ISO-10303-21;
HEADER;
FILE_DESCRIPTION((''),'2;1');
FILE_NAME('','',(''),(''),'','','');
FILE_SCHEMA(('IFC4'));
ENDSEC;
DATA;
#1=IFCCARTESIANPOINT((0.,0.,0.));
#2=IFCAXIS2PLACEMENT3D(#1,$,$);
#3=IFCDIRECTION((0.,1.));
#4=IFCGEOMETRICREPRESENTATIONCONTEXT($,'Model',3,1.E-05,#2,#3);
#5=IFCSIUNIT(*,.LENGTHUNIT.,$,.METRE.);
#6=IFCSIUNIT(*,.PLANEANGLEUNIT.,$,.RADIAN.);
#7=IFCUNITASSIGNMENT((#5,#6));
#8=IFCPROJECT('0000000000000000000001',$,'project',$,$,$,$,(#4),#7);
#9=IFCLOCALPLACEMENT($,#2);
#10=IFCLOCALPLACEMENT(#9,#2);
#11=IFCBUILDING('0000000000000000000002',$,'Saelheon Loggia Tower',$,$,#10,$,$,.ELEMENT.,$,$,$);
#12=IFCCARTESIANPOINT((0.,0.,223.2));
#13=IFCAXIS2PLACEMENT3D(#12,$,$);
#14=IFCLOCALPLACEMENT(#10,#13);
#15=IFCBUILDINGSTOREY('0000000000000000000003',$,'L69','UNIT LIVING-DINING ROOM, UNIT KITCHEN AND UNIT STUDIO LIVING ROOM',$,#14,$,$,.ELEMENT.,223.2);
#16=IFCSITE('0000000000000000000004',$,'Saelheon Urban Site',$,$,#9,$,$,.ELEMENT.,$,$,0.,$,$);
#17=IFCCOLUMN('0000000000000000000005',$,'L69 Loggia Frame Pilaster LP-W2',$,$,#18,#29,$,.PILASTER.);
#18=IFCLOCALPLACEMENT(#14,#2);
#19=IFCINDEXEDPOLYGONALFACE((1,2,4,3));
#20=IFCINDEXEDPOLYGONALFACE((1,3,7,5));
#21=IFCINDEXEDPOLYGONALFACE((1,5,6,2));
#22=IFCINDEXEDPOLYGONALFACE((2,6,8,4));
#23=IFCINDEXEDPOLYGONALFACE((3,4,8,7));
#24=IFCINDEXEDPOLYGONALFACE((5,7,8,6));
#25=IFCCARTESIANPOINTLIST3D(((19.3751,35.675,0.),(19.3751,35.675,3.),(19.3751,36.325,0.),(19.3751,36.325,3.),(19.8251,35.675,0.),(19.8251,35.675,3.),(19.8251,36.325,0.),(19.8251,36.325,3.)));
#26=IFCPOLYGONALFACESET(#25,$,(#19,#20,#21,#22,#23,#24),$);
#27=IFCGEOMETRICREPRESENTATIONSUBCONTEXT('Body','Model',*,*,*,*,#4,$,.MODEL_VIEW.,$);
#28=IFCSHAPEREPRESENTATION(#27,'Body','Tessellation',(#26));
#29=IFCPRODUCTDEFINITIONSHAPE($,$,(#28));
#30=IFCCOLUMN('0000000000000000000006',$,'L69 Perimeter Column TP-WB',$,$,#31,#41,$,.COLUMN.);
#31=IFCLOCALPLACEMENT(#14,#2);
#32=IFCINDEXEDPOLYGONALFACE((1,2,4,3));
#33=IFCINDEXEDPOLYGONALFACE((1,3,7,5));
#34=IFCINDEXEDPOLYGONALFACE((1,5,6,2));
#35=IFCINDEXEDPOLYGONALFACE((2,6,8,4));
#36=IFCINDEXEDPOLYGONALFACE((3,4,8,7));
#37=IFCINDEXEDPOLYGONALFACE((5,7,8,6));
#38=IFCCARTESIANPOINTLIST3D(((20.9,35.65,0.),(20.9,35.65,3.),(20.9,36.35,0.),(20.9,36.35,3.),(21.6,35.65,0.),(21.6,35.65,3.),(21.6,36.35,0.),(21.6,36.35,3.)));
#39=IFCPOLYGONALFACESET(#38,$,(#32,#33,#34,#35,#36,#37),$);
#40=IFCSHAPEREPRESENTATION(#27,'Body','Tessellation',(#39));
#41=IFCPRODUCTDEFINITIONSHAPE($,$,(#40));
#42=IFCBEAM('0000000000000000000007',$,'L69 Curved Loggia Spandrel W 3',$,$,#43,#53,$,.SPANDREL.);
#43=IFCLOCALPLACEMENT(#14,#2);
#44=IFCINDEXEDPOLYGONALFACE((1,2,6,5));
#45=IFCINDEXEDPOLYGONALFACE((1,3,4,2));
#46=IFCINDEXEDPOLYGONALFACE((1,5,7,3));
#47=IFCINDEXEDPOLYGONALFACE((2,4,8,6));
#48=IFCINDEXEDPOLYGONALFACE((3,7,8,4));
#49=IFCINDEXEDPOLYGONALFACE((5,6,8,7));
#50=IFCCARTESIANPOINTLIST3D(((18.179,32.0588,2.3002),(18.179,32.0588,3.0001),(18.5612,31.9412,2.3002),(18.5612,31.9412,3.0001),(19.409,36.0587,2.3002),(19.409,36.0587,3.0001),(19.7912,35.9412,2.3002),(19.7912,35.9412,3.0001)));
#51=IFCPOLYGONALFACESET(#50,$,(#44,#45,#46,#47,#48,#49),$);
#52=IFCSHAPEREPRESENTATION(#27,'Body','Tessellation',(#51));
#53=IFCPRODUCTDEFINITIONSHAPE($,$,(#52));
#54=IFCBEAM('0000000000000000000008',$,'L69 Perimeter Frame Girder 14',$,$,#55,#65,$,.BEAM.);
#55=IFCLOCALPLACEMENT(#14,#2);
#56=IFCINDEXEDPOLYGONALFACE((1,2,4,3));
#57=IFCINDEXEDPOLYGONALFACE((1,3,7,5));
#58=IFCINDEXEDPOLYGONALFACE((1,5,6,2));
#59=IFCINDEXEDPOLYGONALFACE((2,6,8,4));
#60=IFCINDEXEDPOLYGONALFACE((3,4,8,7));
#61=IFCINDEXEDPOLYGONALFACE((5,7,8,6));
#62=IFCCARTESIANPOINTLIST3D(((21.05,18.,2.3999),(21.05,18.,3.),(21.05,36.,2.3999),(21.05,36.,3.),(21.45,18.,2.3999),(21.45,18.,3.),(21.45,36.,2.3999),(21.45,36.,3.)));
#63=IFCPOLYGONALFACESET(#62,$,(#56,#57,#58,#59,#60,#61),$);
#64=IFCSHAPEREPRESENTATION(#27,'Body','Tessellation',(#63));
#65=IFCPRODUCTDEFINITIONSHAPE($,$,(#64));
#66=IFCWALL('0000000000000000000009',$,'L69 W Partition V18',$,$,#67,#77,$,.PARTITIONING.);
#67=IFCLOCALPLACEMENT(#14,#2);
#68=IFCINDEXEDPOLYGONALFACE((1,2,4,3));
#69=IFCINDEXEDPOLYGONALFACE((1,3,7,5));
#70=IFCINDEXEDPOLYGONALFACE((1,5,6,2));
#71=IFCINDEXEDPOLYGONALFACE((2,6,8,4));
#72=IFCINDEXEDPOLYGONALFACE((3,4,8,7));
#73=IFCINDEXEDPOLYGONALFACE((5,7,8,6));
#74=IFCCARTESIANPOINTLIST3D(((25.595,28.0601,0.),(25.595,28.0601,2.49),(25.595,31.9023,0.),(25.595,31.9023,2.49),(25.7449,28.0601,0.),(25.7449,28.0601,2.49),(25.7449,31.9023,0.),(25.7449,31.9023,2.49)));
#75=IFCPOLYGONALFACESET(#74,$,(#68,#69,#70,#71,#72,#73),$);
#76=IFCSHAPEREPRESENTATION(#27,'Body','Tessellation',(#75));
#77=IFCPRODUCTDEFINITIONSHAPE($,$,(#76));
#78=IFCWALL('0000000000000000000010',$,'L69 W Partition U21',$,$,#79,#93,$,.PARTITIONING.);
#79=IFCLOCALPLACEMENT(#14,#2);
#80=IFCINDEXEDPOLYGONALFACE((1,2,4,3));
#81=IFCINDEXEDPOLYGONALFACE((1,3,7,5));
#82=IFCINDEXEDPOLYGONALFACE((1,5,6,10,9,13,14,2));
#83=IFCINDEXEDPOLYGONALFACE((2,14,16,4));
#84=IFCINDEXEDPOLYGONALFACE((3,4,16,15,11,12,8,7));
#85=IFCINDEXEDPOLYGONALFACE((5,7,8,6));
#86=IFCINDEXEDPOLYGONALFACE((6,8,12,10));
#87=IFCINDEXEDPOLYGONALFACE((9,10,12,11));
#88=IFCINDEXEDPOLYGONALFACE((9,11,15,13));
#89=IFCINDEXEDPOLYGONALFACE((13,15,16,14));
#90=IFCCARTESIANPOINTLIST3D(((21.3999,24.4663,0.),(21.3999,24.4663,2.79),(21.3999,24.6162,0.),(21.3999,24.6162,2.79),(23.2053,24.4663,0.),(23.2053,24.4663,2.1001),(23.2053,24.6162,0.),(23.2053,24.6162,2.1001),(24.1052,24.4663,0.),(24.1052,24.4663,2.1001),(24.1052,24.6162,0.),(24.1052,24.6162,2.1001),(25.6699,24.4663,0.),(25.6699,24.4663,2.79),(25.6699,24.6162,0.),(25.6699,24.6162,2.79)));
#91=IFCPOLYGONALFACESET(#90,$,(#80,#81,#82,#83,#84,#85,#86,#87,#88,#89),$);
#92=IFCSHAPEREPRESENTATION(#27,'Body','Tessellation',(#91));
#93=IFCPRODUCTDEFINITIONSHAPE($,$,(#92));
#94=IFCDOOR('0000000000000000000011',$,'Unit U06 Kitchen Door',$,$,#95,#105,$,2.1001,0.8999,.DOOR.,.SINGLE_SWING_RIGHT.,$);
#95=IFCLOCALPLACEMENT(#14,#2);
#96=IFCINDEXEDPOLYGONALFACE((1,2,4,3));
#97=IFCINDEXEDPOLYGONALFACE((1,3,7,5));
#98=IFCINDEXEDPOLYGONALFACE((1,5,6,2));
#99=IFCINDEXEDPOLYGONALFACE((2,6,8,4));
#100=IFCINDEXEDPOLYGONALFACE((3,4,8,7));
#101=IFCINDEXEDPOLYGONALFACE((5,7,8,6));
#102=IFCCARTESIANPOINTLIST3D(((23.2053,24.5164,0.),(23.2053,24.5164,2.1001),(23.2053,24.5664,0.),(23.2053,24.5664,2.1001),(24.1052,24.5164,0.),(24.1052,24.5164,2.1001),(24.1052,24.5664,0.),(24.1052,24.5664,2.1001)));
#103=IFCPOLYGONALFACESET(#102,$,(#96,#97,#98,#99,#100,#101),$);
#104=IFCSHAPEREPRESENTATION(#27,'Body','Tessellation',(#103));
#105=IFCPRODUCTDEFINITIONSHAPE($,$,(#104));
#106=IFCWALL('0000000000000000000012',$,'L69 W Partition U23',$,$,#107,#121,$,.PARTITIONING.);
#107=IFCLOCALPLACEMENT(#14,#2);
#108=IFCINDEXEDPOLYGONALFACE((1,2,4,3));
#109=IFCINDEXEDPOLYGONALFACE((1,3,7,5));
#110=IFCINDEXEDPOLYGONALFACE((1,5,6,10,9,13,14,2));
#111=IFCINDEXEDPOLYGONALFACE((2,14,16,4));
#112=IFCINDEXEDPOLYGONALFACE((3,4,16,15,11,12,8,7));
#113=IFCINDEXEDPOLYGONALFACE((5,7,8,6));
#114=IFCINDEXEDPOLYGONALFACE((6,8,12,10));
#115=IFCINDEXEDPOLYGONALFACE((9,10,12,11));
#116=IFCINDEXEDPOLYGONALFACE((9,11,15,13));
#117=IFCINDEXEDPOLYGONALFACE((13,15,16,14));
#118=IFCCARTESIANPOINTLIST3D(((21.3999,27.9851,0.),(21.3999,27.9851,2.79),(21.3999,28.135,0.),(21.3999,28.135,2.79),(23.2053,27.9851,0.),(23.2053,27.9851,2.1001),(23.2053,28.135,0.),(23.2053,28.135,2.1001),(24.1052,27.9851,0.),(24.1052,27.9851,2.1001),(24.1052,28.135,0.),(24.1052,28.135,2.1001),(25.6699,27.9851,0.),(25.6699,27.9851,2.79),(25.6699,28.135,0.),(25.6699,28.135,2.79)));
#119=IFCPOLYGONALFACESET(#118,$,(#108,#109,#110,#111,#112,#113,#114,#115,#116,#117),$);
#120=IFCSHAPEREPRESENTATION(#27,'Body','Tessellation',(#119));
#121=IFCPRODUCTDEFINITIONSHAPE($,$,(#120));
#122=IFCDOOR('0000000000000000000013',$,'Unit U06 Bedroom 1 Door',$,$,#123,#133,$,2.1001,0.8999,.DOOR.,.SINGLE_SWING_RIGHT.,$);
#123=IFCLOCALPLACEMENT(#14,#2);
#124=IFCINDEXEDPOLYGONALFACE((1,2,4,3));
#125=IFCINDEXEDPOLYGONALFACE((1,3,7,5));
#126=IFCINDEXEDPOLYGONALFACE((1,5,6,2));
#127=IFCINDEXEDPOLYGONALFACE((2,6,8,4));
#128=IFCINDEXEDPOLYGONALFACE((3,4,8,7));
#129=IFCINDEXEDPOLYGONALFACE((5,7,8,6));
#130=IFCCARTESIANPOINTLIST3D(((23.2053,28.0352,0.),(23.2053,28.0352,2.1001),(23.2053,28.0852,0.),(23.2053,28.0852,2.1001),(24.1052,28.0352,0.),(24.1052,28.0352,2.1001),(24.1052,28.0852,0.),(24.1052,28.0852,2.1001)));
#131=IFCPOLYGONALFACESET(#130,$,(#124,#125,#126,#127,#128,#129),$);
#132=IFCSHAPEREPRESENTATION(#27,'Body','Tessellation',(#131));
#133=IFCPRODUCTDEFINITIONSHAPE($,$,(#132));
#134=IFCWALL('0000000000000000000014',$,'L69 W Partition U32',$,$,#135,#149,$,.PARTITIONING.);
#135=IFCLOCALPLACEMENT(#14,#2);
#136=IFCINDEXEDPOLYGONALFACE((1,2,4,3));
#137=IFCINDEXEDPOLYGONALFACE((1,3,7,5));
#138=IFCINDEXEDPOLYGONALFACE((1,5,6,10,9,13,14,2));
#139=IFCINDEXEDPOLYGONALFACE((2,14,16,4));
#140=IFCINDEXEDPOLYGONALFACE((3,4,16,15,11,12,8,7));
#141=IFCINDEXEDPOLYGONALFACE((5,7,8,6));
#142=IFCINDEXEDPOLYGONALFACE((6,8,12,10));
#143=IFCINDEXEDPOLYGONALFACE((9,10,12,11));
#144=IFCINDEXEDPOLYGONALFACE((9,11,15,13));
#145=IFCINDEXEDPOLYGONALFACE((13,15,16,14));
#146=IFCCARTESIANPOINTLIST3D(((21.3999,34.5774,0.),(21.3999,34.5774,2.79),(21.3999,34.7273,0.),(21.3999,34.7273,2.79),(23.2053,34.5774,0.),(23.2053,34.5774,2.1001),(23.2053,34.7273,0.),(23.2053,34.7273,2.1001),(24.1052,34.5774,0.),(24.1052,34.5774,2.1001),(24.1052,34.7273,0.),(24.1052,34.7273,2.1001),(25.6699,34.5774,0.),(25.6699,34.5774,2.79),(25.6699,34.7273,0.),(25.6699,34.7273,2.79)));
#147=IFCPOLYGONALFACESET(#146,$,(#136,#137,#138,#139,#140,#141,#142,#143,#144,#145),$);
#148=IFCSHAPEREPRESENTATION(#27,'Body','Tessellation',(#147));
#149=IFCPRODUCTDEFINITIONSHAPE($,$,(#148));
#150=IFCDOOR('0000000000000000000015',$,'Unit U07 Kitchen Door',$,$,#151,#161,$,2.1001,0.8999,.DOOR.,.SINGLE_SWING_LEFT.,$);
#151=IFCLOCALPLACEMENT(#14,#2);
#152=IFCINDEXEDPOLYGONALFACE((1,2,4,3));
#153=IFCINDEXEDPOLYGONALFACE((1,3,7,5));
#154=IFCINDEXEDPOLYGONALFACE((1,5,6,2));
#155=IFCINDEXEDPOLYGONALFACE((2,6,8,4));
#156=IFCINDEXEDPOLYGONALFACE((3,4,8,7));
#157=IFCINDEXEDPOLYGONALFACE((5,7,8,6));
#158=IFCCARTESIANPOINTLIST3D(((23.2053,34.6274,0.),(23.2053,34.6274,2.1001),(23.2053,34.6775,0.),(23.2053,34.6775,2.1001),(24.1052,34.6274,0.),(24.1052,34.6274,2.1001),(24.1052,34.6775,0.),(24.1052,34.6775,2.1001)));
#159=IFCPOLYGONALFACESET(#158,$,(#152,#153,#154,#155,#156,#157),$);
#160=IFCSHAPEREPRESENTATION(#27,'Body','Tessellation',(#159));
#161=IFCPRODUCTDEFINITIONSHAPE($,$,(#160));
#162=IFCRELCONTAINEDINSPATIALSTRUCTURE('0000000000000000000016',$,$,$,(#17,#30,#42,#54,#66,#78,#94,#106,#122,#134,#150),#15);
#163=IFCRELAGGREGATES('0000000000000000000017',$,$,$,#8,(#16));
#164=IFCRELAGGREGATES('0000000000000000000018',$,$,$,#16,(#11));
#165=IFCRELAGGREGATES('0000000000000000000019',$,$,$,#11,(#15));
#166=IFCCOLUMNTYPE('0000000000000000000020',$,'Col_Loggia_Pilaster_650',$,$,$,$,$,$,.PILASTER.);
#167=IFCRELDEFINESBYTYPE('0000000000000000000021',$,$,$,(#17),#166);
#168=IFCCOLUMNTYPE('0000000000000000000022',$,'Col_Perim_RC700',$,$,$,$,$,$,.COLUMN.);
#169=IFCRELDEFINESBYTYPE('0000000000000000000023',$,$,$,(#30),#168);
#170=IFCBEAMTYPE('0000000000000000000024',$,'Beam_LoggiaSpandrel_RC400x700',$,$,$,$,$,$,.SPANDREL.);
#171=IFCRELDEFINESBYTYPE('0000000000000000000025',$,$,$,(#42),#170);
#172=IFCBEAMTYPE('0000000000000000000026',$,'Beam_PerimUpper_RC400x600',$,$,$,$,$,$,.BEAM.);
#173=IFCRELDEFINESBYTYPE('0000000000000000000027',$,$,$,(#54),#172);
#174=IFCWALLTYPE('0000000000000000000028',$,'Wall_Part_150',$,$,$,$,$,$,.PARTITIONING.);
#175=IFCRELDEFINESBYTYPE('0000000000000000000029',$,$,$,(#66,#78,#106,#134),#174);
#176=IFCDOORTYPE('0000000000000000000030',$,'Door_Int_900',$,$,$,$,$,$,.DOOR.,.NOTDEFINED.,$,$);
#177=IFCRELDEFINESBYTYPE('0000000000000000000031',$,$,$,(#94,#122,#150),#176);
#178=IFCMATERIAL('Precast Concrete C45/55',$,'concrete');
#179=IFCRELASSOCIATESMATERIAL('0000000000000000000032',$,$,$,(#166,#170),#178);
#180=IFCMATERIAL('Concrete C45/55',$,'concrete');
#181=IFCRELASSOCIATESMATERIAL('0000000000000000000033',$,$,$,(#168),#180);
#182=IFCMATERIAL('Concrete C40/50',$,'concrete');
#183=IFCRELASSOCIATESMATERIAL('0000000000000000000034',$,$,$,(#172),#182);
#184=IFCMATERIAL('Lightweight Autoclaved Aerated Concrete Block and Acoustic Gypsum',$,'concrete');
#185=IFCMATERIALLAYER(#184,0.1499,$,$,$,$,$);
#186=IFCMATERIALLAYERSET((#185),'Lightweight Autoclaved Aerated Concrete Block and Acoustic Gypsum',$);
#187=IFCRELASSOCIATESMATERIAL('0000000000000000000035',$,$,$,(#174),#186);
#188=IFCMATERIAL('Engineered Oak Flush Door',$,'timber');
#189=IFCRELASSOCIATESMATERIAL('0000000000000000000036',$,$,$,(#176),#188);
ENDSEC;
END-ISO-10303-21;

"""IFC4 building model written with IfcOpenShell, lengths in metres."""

from ifc_helpers import new_model, si_unit, direction, frame, frame_2d, origin, origin_2d, place, context, subcontext, project, spatial, rectangle, extrude, source, transform, mapped, material, layer, layer_set, material_profile, profile_set, type_object, element, fill, save


model = new_model("IFC4")

# Units and contexts
model_context = context("Model", 3, precision=1e-05, world=origin(), true_north=direction((0.0, 1.0)))
body_context = subcontext(model_context, "Body", "Model", "MODEL_VIEW")
ifc_project = project(units=[si_unit("LENGTHUNIT", "METRE"), si_unit("PLANEANGLEUNIT", "RADIAN")], contexts=[model_context])

# Site, building, storey
site_placement = place(None, origin())
site = spatial("IfcSite", under=ifc_project, at=site_placement, Name="Saelheon Urban Site", CompositionType="ELEMENT", RefElevation=0.0)
building_placement = place(site_placement, origin())
building = spatial("IfcBuilding", under=site, at=building_placement, Name="Saelheon Loggia Tower", CompositionType="ELEMENT")
storey_placement = place(building_placement, frame((0.0, 0.0, 223.2)))
storey = spatial("IfcBuildingStorey", under=building, at=storey_placement, Name="L69", Description="UNIT LIVING-DINING ROOM, UNIT KITCHEN AND UNIT STUDIO LIVING ROOM", CompositionType="ELEMENT", Elevation=223.2)

# Columns
ifc_material_1 = material(Name="Precast Concrete C45/55", Category="concrete")
ifc_material_profile_1 = material_profile(ifc_material_1, rectangle(XDim=0.45, YDim=0.6499, at=origin_2d()), Name="RC-450x650")
ifc_profile_set_1 = profile_set([ifc_material_profile_1], Name="Precast Concrete C45/55")
column_type_1 = type_object("IfcColumnType", Name="Col_Loggia_Pilaster_650", PredefinedType="PILASTER", material=ifc_profile_set_1)
shared_shape_1 = source(origin(), body_context, "Body", "SweptSolid", [
    extrude(rectangle(XDim=0.45, YDim=0.6499, at=origin_2d()), origin(), (0.0, 0.0, 1.0), 3.0),
])
column_1_placement = place(storey_placement, frame((19.6001, 36.0, 0.0), z_axis=(0.0, 0.0, 1.0), x_axis=(1.0, 0.0, 0.0)))
element("IfcColumn", 1, at=column_1_placement, inside=storey, type_object=column_type_1, Name="L69 Loggia Frame Pilaster LP-W2", PredefinedType="PILASTER", context=body_context, shape_type="MappedRepresentation", body=[
    mapped(shared_shape_1, transform((0.0, 0.0, 0.0), scale=1.0)),
])
ifc_material_2 = material(Name="Concrete C45/55", Category="concrete")
ifc_material_profile_2 = material_profile(ifc_material_2, rectangle(XDim=0.7, YDim=0.7, at=origin_2d()), Name="RC-700x700")
ifc_profile_set_2 = profile_set([ifc_material_profile_2], Name="Concrete C45/55")
column_type_2 = type_object("IfcColumnType", Name="Col_Perim_RC700", PredefinedType="COLUMN", material=ifc_profile_set_2)
shared_shape_2 = source(origin(), body_context, "Body", "SweptSolid", [
    extrude(rectangle(XDim=0.7, YDim=0.7, at=origin_2d()), origin(), (0.0, 0.0, 1.0), 3.0),
])
column_2_placement = place(storey_placement, frame((21.25, 36.0, 0.0), z_axis=(0.0, 0.0, 1.0), x_axis=(1.0, 0.0, 0.0)))
element("IfcColumn", 2, at=column_2_placement, inside=storey, type_object=column_type_2, Name="L69 Perimeter Column TP-WB", PredefinedType="COLUMN", context=body_context, shape_type="MappedRepresentation", body=[
    mapped(shared_shape_2, transform((0.0, 0.0, 0.0), scale=1.0)),
])

# Beams
ifc_material_profile_3 = material_profile(ifc_material_1, rectangle(XDim=0.3999, YDim=0.7, at=origin_2d()), Name="RC-400x700")
ifc_profile_set_3 = profile_set([ifc_material_profile_3], Name="Precast Concrete C45/55")
beam_type_1 = type_object("IfcBeamType", Name="Beam_LoggiaSpandrel_RC400x700", PredefinedType="SPANDREL", material=ifc_profile_set_3)
shared_shape_3 = source(origin(), body_context, "Body", "SweptSolid", [
    extrude(rectangle(XDim=0.3999, YDim=0.7, at=origin_2d()), origin(), (0.0, 0.0, 1.0), 4.1848),
])
beam_1_placement = place(storey_placement, frame((18.3701, 32.0, 2.6501), z_axis=(0.293914, 0.955832, 0.0), x_axis=(-0.955832, 0.293914, 0.0)))
element("IfcBeam", 3, at=beam_1_placement, inside=storey, type_object=beam_type_1, Name="L69 Curved Loggia Spandrel W 3", PredefinedType="SPANDREL", context=body_context, shape_type="MappedRepresentation", body=[
    mapped(shared_shape_3, transform((0.0, 0.0, 0.0), scale=1.0)),
])
ifc_material_3 = material(Name="Concrete C40/50", Category="concrete")
ifc_material_profile_4 = material_profile(ifc_material_3, rectangle(XDim=0.3999, YDim=0.6001, at=origin_2d()), Name="RC-400x600")
ifc_profile_set_4 = profile_set([ifc_material_profile_4], Name="Concrete C40/50")
beam_type_2 = type_object("IfcBeamType", Name="Beam_PerimUpper_RC400x600", PredefinedType="BEAM", material=ifc_profile_set_4)
shared_shape_4 = source(origin(), body_context, "Body", "SweptSolid", [
    extrude(rectangle(XDim=0.3999, YDim=0.6001, at=origin_2d()), origin(), (0.0, 0.0, 1.0), 18.0),
])
beam_2_placement = place(storey_placement, frame((21.25, 36.0, 2.7), z_axis=(0.0, -1.0, 0.0), x_axis=(1.0, 0.0, 0.0)))
element("IfcBeam", 4, at=beam_2_placement, inside=storey, type_object=beam_type_2, Name="L69 Perimeter Frame Girder 14", PredefinedType="BEAM", context=body_context, shape_type="MappedRepresentation", body=[
    mapped(shared_shape_4, transform((0.0, 0.0, 0.0), scale=1.0)),
])

# Wall
ifc_material_4 = material(Name="Lightweight Autoclaved Aerated Concrete Block and Acoustic Gypsum", Category="concrete")
ifc_layer_1 = layer(ifc_material_4, 0.1499)
ifc_layer_set_1 = layer_set([ifc_layer_1], Name="Lightweight Autoclaved Aerated Concrete Block and Acoustic Gypsum")
wall_type_1 = type_object("IfcWallType", Name="Wall_Part_150", PredefinedType="PARTITIONING", material=ifc_layer_set_1)
wall_1_placement = place(storey_placement, frame((25.6699, 28.0601, 0.0), z_axis=(0.0, 0.0, 1.0), x_axis=(0.0, 1.0, 0.0)))
element("IfcWall", 5, at=wall_1_placement, inside=storey, type_object=wall_type_1, Name="L69 W Partition V18", PredefinedType="PARTITIONING", context=body_context, shape_type="SweptSolid", body=[
    extrude(rectangle(XDim=3.8423, YDim=0.1499, at=frame_2d((1.9211, 0.0))), origin(), (0.0, 0.0, 1.0), 2.49),
])

# Walls, openings, doors
wall_2_placement = place(storey_placement, frame((25.6699, 24.5413, 0.0), z_axis=(0.0, 0.0, 1.0), x_axis=(-1.0, 0.0, 0.0)))
wall_2 = element("IfcWall", 6, at=wall_2_placement, inside=storey, type_object=wall_type_1, Name="L69 W Partition U21", PredefinedType="PARTITIONING", context=body_context, shape_type="SweptSolid", body=[
    extrude(rectangle(XDim=4.27, YDim=0.1499, at=frame_2d((2.135, 0.0))), origin(), (0.0, 0.0, 1.0), 2.79),
])
opening_1_placement = place(wall_2_placement, frame((1.5647, 0.0, 0.0)))
opening_1 = element("IfcOpeningElement", 7, at=opening_1_placement, cuts=wall_2, PredefinedType="OPENING", context=body_context, shape_type="SweptSolid", body=[
    extrude(rectangle(XDim=0.8999, YDim=2.1001, at=frame_2d((0.45, 1.05))), frame((0.0, 0.0869, 0.0), z_axis=(0.0, -1.0, 0.0), x_axis=(1.0, 0.0, 0.0)), (0.0, 0.0, 1.0), 0.1738),
])
ifc_material_5 = material(Name="Engineered Oak Flush Door", Category="timber")
door_type_1 = type_object("IfcDoorType", Name="Door_Int_900", OperationType="NOTDEFINED", PredefinedType="DOOR", material=ifc_material_5)
shared_shape_5 = source(origin(), body_context, "Body", "SweptSolid", [
    extrude(rectangle(XDim=0.8999, YDim=2.1001, at=frame_2d((0.45, 1.05))), frame((0.0, 0.0249, 0.0), z_axis=(0.0, -1.0, 0.0), x_axis=(1.0, 0.0, 0.0)), (0.0, 0.0, 1.0), 0.05),
])
door_1_placement = place(opening_1_placement, origin())
door_1 = element("IfcDoor", 8, at=door_1_placement, inside=storey, type_object=door_type_1, Name="Unit U06 Kitchen Door", OperationType="SINGLE_SWING_RIGHT", OverallHeight=2.1001, OverallWidth=0.8999, PredefinedType="DOOR", context=body_context, shape_type="MappedRepresentation", body=[
    mapped(shared_shape_5, transform((0.0, 0.0, 0.0), scale=1.0)),
])
fill(opening_1, door_1)
wall_3_placement = place(storey_placement, frame((25.6699, 28.0601, 0.0), z_axis=(0.0, 0.0, 1.0), x_axis=(-1.0, 0.0, 0.0)))
wall_3 = element("IfcWall", 9, at=wall_3_placement, inside=storey, type_object=wall_type_1, Name="L69 W Partition U23", PredefinedType="PARTITIONING", context=body_context, shape_type="SweptSolid", body=[
    extrude(rectangle(XDim=4.27, YDim=0.1499, at=frame_2d((2.135, 0.0))), origin(), (0.0, 0.0, 1.0), 2.79),
])
opening_2_placement = place(wall_3_placement, frame((1.5647, 0.0, 0.0)))
opening_2 = element("IfcOpeningElement", 10, at=opening_2_placement, cuts=wall_3, PredefinedType="OPENING", context=body_context, shape_type="SweptSolid", body=[
    extrude(rectangle(XDim=0.8999, YDim=2.1001, at=frame_2d((0.45, 1.05))), frame((0.0, 0.0869, 0.0), z_axis=(0.0, -1.0, 0.0), x_axis=(1.0, 0.0, 0.0)), (0.0, 0.0, 1.0), 0.1738),
])
door_2_placement = place(opening_2_placement, origin())
door_2 = element("IfcDoor", 11, at=door_2_placement, inside=storey, type_object=door_type_1, Name="Unit U06 Bedroom 1 Door", OperationType="SINGLE_SWING_RIGHT", OverallHeight=2.1001, OverallWidth=0.8999, PredefinedType="DOOR", context=body_context, shape_type="MappedRepresentation", body=[
    mapped(shared_shape_5, transform((0.0, 0.0, 0.0), scale=1.0)),
])
fill(opening_2, door_2)
wall_4_placement = place(storey_placement, frame((25.6699, 34.6523, 0.0), z_axis=(0.0, 0.0, 1.0), x_axis=(-1.0, 0.0, 0.0)))
wall_4 = element("IfcWall", 12, at=wall_4_placement, inside=storey, type_object=wall_type_1, Name="L69 W Partition U32", PredefinedType="PARTITIONING", context=body_context, shape_type="SweptSolid", body=[
    extrude(rectangle(XDim=4.27, YDim=0.1499, at=frame_2d((2.135, 0.0))), origin(), (0.0, 0.0, 1.0), 2.79),
])
opening_3_placement = place(wall_4_placement, frame((1.5647, 0.0, 0.0)))
opening_3 = element("IfcOpeningElement", 13, at=opening_3_placement, cuts=wall_4, PredefinedType="OPENING", context=body_context, shape_type="SweptSolid", body=[
    extrude(rectangle(XDim=0.8999, YDim=2.1001, at=frame_2d((0.45, 1.05))), frame((0.0, 0.0869, 0.0), z_axis=(0.0, -1.0, 0.0), x_axis=(1.0, 0.0, 0.0)), (0.0, 0.0, 1.0), 0.1738),
])
door_3_placement = place(opening_3_placement, origin())
door_3 = element("IfcDoor", 14, at=door_3_placement, inside=storey, type_object=door_type_1, Name="Unit U07 Kitchen Door", OperationType="SINGLE_SWING_LEFT", OverallHeight=2.1001, OverallWidth=0.8999, PredefinedType="DOOR", context=body_context, shape_type="MappedRepresentation", body=[
    mapped(shared_shape_5, transform((0.0, 0.0, 0.0), scale=1.0)),
])
fill(opening_3, door_3)

save(model, "model.ifc")
